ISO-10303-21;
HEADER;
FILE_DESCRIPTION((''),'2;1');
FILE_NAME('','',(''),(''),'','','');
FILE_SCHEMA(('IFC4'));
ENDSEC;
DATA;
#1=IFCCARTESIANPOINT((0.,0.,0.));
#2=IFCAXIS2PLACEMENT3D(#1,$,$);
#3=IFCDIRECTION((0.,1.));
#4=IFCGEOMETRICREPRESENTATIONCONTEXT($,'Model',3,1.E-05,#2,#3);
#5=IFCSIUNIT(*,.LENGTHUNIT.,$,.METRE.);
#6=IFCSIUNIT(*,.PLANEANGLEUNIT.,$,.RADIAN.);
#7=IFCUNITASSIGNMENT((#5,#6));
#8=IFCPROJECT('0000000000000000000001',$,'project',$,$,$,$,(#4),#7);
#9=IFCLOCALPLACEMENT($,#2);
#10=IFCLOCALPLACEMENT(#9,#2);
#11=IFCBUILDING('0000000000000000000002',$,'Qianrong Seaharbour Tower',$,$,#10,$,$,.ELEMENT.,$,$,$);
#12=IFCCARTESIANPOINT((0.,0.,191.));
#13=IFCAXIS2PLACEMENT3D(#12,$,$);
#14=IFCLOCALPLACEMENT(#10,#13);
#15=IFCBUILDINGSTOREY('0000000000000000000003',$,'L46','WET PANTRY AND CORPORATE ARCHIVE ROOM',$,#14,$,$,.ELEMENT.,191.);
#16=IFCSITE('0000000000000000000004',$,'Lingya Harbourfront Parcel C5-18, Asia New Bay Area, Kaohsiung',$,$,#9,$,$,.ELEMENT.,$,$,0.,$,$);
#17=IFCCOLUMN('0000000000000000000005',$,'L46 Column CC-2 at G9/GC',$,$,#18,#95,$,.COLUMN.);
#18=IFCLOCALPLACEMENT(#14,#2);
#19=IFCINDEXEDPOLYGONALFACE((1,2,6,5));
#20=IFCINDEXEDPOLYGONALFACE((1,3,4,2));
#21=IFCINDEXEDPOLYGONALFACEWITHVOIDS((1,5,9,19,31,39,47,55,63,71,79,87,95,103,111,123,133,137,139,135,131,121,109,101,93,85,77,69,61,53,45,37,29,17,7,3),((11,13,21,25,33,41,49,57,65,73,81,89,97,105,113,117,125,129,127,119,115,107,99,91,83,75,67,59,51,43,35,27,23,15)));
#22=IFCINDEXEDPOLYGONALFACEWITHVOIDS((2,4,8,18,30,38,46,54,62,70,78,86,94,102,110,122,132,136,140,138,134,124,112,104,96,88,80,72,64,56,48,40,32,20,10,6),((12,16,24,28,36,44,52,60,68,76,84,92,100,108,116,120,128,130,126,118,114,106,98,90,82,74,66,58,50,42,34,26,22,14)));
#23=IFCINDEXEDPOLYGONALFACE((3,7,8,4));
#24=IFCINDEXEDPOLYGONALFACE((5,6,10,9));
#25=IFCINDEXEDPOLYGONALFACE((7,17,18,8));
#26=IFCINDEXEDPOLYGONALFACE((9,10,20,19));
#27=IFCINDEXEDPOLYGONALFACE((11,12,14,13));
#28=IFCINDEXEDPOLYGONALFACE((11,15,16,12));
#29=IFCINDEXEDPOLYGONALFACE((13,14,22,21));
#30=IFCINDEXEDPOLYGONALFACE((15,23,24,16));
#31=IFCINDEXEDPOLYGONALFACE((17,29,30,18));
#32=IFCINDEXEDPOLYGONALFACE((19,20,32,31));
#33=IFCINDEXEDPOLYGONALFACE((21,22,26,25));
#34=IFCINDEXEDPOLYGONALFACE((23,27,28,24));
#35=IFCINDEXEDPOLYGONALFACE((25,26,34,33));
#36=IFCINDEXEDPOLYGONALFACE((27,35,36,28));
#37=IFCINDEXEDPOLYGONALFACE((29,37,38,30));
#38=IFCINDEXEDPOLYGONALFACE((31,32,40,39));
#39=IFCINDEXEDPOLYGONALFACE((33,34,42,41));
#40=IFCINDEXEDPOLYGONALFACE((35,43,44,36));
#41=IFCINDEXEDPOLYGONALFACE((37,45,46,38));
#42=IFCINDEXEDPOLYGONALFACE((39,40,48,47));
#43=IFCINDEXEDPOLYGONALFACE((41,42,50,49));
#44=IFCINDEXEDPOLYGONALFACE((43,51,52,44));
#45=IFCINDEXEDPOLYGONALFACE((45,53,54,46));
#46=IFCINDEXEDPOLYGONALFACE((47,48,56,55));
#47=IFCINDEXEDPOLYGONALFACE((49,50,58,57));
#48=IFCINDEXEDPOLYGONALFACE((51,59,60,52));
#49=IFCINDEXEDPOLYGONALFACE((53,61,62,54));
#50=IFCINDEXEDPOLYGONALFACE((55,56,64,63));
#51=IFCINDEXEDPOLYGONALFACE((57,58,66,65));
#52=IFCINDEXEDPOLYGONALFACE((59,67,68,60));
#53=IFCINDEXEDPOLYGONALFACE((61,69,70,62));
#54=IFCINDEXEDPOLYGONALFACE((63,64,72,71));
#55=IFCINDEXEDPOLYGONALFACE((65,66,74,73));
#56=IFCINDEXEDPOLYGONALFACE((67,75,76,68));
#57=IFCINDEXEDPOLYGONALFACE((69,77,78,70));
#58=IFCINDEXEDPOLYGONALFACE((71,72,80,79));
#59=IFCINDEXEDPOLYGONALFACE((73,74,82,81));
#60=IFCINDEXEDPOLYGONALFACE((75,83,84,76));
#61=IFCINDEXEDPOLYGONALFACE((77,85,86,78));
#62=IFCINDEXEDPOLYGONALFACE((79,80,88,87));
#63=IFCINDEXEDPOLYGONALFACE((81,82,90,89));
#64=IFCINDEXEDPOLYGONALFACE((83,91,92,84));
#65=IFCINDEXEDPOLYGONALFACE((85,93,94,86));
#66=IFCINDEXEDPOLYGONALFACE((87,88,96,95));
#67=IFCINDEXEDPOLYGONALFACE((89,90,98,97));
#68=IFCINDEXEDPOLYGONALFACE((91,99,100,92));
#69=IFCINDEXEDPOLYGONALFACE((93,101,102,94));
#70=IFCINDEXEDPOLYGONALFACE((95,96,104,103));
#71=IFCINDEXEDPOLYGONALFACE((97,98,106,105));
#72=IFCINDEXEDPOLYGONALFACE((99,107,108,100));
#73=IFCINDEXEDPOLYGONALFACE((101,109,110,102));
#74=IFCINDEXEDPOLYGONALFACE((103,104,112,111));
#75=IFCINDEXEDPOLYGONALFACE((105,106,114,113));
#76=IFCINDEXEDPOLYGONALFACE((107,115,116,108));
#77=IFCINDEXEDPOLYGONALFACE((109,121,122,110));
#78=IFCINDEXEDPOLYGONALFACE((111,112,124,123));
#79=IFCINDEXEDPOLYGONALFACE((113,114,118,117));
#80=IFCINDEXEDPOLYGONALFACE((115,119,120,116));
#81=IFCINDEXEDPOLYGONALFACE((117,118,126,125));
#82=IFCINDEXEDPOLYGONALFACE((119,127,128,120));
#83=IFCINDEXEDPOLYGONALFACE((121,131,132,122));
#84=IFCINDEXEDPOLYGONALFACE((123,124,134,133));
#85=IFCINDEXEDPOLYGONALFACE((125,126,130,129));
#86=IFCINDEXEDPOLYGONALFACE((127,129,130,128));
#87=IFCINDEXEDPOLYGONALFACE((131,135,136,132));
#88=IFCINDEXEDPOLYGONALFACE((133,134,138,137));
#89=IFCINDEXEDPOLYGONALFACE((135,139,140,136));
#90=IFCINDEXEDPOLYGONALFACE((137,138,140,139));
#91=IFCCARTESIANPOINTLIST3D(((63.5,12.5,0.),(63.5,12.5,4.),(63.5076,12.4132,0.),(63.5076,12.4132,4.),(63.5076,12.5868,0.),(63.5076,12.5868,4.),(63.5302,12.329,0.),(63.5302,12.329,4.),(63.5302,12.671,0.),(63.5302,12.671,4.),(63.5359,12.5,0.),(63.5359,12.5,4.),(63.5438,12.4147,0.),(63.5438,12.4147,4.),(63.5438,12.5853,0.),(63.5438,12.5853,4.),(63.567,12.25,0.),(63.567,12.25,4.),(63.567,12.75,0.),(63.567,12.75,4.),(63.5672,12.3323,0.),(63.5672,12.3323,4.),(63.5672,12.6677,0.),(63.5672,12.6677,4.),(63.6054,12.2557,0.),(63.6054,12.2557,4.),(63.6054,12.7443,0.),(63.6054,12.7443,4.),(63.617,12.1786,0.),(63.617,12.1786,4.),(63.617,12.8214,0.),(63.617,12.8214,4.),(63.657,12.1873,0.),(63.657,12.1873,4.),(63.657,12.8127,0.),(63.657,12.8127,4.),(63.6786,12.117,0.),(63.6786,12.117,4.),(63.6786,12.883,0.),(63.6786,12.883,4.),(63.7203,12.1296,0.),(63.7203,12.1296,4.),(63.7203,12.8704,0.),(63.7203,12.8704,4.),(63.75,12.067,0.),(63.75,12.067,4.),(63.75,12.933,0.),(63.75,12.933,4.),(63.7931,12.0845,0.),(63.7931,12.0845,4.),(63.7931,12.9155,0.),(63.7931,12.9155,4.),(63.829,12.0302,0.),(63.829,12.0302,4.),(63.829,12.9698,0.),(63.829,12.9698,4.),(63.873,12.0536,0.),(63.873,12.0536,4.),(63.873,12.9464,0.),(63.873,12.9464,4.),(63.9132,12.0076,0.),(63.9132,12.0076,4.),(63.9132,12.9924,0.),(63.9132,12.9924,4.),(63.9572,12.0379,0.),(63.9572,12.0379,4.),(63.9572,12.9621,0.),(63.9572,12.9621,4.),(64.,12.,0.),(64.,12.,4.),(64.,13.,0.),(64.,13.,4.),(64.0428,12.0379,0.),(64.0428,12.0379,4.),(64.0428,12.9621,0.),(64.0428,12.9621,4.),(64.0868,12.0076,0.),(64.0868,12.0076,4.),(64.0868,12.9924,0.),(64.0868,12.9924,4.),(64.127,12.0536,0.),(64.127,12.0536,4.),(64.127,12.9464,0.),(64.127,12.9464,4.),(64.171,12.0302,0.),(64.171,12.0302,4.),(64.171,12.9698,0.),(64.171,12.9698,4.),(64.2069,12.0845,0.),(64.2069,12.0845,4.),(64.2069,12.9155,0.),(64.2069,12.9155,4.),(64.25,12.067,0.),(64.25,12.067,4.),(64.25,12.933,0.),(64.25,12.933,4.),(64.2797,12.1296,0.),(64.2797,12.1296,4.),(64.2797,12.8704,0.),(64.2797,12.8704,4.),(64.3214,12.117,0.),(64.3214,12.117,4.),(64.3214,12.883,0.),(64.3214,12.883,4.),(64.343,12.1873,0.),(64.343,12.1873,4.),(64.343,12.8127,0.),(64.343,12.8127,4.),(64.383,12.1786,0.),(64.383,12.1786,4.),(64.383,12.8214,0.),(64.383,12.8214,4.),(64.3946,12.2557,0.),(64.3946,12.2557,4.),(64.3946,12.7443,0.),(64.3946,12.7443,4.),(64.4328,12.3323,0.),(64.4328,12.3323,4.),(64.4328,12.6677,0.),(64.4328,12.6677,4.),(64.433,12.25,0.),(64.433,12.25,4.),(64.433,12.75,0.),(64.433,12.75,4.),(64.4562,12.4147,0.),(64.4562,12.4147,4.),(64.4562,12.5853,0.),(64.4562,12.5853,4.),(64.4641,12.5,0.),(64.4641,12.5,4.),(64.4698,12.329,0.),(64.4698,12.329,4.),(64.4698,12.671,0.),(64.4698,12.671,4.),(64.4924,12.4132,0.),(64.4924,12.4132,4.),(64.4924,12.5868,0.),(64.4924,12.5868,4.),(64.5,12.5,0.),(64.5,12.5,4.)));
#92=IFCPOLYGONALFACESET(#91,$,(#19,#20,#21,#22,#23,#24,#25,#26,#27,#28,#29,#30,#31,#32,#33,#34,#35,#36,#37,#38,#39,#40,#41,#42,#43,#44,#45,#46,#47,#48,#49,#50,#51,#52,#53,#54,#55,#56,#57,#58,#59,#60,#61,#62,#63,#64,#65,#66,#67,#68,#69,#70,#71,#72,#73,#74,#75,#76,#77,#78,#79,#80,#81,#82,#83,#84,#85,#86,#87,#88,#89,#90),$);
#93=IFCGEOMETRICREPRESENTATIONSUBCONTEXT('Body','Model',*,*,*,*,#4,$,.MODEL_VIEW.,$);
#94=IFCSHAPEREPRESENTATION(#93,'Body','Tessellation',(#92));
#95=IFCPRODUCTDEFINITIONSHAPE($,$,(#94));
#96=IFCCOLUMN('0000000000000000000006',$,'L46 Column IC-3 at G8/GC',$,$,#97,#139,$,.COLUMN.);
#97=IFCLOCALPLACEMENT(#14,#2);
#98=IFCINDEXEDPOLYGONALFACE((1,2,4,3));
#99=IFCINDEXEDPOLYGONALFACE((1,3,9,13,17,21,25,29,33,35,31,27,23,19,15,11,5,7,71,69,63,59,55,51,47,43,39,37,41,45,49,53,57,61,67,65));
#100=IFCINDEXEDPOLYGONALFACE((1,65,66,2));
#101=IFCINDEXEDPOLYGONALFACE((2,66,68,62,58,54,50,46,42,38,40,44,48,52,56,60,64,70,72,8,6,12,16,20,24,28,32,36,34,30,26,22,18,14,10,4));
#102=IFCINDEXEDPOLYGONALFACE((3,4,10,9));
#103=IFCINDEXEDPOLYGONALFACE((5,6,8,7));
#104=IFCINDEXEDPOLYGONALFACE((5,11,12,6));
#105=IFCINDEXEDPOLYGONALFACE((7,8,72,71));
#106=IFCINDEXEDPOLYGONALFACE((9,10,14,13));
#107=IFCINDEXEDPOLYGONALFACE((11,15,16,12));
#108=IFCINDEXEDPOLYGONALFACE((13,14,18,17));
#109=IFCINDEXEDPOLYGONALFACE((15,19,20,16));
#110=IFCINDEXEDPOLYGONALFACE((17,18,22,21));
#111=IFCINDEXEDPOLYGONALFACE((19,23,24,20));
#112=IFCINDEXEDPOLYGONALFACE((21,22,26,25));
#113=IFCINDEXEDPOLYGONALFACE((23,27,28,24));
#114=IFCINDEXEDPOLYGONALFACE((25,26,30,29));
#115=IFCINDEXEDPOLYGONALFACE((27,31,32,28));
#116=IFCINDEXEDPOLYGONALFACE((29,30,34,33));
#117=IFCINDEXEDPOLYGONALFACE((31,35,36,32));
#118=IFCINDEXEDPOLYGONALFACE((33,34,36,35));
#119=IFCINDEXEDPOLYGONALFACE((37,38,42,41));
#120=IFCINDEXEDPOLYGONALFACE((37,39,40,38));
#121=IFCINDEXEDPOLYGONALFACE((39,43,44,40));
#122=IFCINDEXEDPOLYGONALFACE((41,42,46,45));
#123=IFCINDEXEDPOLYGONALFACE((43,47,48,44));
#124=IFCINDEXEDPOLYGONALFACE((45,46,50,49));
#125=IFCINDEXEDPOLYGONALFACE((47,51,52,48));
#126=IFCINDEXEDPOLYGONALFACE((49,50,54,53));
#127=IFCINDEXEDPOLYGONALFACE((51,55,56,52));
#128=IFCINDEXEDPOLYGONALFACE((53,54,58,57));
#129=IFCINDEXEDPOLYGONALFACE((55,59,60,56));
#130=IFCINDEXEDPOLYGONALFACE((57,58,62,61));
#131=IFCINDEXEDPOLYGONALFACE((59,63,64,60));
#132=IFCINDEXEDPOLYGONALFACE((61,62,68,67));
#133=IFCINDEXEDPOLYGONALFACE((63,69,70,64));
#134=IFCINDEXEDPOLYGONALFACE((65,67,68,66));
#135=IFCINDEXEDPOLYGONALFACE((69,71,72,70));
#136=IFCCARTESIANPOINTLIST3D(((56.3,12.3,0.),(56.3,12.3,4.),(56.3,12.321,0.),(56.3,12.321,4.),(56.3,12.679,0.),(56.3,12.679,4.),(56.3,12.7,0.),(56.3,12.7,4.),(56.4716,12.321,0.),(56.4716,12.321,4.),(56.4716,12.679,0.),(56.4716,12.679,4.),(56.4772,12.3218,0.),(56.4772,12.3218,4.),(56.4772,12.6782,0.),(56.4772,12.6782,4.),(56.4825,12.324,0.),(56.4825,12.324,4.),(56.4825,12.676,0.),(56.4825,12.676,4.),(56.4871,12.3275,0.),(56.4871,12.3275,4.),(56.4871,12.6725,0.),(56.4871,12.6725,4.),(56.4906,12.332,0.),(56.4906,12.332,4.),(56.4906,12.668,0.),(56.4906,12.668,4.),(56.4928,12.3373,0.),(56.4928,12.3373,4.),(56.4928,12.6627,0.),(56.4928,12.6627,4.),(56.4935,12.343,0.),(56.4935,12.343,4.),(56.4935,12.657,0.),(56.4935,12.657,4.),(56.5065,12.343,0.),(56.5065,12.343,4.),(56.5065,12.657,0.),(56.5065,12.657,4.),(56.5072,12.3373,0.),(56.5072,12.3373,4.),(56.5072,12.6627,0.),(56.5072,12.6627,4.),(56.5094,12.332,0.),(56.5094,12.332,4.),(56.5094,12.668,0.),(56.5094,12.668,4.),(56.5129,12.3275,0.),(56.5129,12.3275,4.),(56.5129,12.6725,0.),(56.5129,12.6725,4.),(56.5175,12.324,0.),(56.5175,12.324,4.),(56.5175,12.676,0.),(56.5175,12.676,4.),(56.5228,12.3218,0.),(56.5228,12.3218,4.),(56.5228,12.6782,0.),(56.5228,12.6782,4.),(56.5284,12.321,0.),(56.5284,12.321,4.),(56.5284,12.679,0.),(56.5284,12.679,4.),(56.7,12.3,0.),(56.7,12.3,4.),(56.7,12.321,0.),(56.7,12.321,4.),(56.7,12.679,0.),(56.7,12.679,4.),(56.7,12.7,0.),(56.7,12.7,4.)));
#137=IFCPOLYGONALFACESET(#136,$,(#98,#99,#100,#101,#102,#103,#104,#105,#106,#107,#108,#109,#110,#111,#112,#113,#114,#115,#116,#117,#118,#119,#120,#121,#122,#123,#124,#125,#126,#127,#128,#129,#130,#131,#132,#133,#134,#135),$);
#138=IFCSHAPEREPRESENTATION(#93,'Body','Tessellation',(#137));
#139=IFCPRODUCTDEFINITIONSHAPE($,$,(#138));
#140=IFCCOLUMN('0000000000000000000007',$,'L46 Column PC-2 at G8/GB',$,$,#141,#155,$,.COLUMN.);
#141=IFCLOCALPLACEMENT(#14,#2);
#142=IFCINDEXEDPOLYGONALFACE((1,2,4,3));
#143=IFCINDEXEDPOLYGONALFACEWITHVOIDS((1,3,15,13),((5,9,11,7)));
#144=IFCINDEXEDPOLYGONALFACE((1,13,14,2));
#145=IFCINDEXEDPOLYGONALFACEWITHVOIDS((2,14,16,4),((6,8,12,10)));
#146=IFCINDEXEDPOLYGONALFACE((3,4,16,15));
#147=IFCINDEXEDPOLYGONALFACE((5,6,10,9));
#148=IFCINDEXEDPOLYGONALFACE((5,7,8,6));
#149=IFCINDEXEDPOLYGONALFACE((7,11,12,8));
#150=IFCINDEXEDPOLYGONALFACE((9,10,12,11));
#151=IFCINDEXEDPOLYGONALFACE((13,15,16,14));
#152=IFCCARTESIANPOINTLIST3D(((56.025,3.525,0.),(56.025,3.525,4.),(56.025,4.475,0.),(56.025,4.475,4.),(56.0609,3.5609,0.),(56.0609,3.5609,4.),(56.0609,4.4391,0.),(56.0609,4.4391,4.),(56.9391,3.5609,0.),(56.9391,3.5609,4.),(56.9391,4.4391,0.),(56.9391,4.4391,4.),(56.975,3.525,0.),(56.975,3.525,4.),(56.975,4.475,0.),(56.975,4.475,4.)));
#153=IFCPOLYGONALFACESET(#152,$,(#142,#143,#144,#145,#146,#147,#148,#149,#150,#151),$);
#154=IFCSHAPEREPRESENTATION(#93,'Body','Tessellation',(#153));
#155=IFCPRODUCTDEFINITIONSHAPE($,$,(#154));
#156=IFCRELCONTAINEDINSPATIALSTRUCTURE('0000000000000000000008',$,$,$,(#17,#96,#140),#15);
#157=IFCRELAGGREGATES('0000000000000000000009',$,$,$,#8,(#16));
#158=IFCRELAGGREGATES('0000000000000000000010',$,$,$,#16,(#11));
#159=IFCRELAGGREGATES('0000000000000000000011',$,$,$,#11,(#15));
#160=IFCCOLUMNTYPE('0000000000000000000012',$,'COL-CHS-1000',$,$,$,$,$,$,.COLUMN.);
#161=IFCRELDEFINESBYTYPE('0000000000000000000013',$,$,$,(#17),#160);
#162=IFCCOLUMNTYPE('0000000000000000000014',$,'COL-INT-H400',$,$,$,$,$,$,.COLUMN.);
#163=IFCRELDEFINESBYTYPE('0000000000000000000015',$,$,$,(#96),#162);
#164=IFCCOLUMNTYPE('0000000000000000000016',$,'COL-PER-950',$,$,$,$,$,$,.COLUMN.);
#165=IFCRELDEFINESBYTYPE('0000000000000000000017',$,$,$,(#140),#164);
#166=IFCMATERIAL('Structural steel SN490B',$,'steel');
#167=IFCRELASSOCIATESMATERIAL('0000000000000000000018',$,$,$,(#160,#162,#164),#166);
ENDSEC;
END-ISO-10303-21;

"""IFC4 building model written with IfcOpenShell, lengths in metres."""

from ifc_helpers import new_model, si_unit, direction, frame, origin, origin_2d, place, context, subcontext, project, spatial, hollow_rectangle, hollow_circle, i_section, extrude, material, material_profile, profile_set, type_object, element, save


model = new_model("IFC4")

# Units and contexts
model_context = context("Model", 3, precision=1e-05, world=origin(), true_north=direction((0.0, 1.0)))
body_context = subcontext(model_context, "Body", "Model", "MODEL_VIEW")
ifc_project = project(units=[si_unit("LENGTHUNIT", "METRE"), si_unit("PLANEANGLEUNIT", "RADIAN")], contexts=[model_context])

# Site, building, storey
site_placement = place(None, origin())
site = spatial("IfcSite", under=ifc_project, at=site_placement, Name="Lingya Harbourfront Parcel C5-18, Asia New Bay Area, Kaohsiung", CompositionType="ELEMENT", RefElevation=0.0)
building_placement = place(site_placement, origin())
building = spatial("IfcBuilding", under=site, at=building_placement, Name="Qianrong Seaharbour Tower", CompositionType="ELEMENT")
storey_placement = place(building_placement, frame((0.0, 0.0, 191.0)))
storey = spatial("IfcBuildingStorey", under=building, at=storey_placement, Name="L46", Description="WET PANTRY AND CORPORATE ARCHIVE ROOM", CompositionType="ELEMENT", Elevation=191.0)

# Columns
ifc_material_1 = material(Name="Structural steel SN490B", Category="steel")
ifc_material_profile_1 = material_profile(ifc_material_1, hollow_circle(Radius=0.5, WallThickness=0.0359, at=origin_2d()), Name="CHS1000x36")
ifc_profile_set_1 = profile_set([ifc_material_profile_1], Name="Structural steel SN490B")
column_type_1 = type_object("IfcColumnType", Name="COL-CHS-1000", PredefinedType="COLUMN", material=ifc_profile_set_1)
column_1_placement = place(storey_placement, frame((64.0, 12.5, 0.0), z_axis=(0.0, 0.0, 1.0), x_axis=(1.0, 0.0, 0.0)))
element("IfcColumn", 1, at=column_1_placement, inside=storey, type_object=column_type_1, Name="L46 Column CC-2 at G9/GC", PredefinedType="COLUMN", context=body_context, shape_type="SweptSolid", body=[
    extrude(hollow_circle(Radius=0.5, WallThickness=0.0359, at=origin_2d()), origin(), (0.0, 0.0, 1.0), 4.0),
])
ifc_material_profile_2 = material_profile(ifc_material_1, i_section(OverallWidth=0.3999, OverallDepth=0.3999, WebThickness=0.0129, FlangeThickness=0.021, FilletRadius=0.022, at=origin_2d()), Name="H400x400x13x21")
ifc_profile_set_2 = profile_set([ifc_material_profile_2], Name="Structural steel SN490B")
column_type_2 = type_object("IfcColumnType", Name="COL-INT-H400", PredefinedType="COLUMN", material=ifc_profile_set_2)
column_2_placement = place(storey_placement, frame((56.5, 12.5, 0.0), z_axis=(0.0, 0.0, 1.0), x_axis=(1.0, 0.0, 0.0)))
element("IfcColumn", 2, at=column_2_placement, inside=storey, type_object=column_type_2, Name="L46 Column IC-3 at G8/GC", PredefinedType="COLUMN", context=body_context, shape_type="SweptSolid", body=[
    extrude(i_section(OverallWidth=0.3999, OverallDepth=0.3999, WebThickness=0.0129, FlangeThickness=0.021, FilletRadius=0.022, at=origin_2d()), origin(), (0.0, 0.0, 1.0), 4.0),
])
ifc_material_profile_3 = material_profile(ifc_material_1, hollow_rectangle(XDim=0.95, YDim=0.95, WallThickness=0.0359, at=origin_2d()), Name="BOX950x950x36")
ifc_profile_set_3 = profile_set([ifc_material_profile_3], Name="Structural steel SN490B")
column_type_3 = type_object("IfcColumnType", Name="COL-PER-950", PredefinedType="COLUMN", material=ifc_profile_set_3)
column_3_placement = place(storey_placement, frame((56.5, 4.0, 0.0), z_axis=(0.0, 0.0, 1.0), x_axis=(1.0, 0.0, 0.0)))
element("IfcColumn", 3, at=column_3_placement, inside=storey, type_object=column_type_3, Name="L46 Column PC-2 at G8/GB", PredefinedType="COLUMN", context=body_context, shape_type="SweptSolid", body=[
    extrude(hollow_rectangle(XDim=0.95, YDim=0.95, WallThickness=0.0359, at=origin_2d()), origin(), (0.0, 0.0, 1.0), 4.0),
])

save(model, "model.ifc")
